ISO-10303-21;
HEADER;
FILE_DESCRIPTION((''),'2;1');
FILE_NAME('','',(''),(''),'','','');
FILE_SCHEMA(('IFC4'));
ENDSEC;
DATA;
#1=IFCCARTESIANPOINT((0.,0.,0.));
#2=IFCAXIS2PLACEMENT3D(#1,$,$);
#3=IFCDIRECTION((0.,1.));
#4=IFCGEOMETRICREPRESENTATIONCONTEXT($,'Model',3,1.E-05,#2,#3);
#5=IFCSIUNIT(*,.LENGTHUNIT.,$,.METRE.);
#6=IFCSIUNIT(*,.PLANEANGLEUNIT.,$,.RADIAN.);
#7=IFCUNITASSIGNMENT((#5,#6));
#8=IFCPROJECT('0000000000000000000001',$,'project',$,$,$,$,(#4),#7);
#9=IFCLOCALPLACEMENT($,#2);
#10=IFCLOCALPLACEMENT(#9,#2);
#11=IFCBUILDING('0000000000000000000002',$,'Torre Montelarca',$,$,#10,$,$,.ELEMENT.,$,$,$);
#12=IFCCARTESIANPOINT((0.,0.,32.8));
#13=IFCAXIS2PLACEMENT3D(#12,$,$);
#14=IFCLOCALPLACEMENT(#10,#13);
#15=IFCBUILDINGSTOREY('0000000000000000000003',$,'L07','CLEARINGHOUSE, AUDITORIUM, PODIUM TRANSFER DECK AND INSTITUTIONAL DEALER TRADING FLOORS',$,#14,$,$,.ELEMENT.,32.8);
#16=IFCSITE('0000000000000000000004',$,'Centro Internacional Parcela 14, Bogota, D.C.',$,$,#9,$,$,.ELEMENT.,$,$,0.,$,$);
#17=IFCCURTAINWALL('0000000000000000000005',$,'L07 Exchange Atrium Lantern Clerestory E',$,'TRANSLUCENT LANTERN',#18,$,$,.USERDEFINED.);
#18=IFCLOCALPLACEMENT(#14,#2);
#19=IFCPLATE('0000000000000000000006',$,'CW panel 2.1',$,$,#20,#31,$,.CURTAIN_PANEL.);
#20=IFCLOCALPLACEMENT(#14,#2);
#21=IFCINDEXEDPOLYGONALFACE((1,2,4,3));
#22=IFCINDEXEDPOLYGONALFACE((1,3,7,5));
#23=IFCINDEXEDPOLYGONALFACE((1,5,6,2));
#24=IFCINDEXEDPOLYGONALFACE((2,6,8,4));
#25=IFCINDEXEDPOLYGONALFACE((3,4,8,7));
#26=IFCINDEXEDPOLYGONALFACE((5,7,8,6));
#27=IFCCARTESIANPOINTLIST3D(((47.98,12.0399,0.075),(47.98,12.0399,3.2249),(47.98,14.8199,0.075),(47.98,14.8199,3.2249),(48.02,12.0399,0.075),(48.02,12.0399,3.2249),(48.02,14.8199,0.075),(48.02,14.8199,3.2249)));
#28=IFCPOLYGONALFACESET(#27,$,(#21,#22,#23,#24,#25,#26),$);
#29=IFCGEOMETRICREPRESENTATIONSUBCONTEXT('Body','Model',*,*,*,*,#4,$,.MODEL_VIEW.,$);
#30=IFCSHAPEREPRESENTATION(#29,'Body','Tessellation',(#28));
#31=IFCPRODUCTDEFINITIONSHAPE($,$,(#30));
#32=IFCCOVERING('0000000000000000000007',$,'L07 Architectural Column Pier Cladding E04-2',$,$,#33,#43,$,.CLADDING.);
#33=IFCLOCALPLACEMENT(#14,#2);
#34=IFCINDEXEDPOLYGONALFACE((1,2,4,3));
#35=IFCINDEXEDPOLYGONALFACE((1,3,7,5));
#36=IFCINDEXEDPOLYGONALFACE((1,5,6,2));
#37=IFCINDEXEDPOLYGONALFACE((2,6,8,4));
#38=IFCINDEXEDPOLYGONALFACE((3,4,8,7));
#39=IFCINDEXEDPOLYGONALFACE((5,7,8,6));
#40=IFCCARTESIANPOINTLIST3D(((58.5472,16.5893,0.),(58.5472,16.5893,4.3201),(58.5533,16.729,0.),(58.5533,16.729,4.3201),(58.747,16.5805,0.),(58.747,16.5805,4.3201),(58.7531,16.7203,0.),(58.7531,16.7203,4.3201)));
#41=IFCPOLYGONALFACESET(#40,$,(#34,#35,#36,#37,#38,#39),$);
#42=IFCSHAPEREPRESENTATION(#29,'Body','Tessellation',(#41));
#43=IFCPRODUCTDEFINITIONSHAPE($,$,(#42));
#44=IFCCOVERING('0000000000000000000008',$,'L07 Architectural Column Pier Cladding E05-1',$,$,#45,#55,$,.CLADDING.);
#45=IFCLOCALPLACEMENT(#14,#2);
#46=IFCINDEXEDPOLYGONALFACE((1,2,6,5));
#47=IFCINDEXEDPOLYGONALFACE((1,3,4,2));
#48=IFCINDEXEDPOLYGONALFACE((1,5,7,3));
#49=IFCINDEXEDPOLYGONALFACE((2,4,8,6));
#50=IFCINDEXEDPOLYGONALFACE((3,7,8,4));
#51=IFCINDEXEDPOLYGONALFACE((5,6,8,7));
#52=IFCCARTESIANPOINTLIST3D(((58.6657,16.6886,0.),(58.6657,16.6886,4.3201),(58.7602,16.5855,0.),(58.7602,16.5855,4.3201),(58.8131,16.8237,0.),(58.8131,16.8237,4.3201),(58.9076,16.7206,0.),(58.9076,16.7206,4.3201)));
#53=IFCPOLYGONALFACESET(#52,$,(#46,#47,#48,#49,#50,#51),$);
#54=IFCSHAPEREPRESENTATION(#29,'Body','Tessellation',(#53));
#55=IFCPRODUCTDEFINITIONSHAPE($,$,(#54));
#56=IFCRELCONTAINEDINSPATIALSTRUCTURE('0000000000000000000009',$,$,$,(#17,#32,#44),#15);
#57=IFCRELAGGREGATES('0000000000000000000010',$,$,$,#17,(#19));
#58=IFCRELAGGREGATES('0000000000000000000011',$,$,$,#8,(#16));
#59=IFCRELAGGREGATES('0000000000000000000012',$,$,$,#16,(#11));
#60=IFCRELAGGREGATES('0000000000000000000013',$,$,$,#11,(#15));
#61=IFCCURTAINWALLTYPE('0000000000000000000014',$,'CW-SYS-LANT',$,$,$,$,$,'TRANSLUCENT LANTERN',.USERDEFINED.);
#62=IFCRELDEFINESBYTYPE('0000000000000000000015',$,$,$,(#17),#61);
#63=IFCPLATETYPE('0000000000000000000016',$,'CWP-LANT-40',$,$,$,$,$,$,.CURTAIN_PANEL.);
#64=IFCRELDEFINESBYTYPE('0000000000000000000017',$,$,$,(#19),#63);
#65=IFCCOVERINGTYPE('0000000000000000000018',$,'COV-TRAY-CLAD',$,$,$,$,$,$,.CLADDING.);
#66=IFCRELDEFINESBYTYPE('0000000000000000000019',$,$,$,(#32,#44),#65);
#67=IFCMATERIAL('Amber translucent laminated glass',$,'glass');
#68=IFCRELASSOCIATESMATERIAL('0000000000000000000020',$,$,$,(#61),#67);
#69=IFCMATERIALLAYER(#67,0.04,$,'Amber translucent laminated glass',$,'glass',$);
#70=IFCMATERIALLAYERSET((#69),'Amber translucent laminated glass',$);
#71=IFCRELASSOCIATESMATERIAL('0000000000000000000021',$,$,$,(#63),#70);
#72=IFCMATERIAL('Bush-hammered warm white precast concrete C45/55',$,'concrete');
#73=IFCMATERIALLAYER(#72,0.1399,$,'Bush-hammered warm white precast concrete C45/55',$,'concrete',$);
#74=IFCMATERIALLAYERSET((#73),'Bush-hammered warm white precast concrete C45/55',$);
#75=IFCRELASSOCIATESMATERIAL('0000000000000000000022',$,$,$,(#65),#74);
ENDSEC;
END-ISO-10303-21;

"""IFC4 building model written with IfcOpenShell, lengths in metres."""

from ifc_helpers import new_model, si_unit, direction, frame, origin, origin_2d, place, context, subcontext, project, spatial, rectangle, extrude, source, transform, mapped, material, layer, layer_set, type_object, element, aggregate, save


model = new_model("IFC4")

# Units and contexts
model_context = context("Model", 3, precision=1e-05, world=origin(), true_north=direction((0.0, 1.0)))
body_context = subcontext(model_context, "Body", "Model", "MODEL_VIEW")
ifc_project = project(units=[si_unit("LENGTHUNIT", "METRE"), si_unit("PLANEANGLEUNIT", "RADIAN")], contexts=[model_context])

# Site, building, storey
site_placement = place(None, origin())
site = spatial("IfcSite", under=ifc_project, at=site_placement, Name="Centro Internacional Parcela 14, Bogota, D.C.", CompositionType="ELEMENT", RefElevation=0.0)
building_placement = place(site_placement, origin())
building = spatial("IfcBuilding", under=site, at=building_placement, Name="Torre Montelarca", CompositionType="ELEMENT")
storey_placement = place(building_placement, frame((0.0, 0.0, 32.8)))
storey = spatial("IfcBuildingStorey", under=building, at=storey_placement, Name="L07", Description="CLEARINGHOUSE, AUDITORIUM, PODIUM TRANSFER DECK AND INSTITUTIONAL DEALER TRADING FLOORS", CompositionType="ELEMENT", Elevation=32.8)

# Curtain wall
ifc_material_1 = material(Name="Amber translucent laminated glass", Category="glass")
curtain_wall_type_1 = type_object("IfcCurtainWallType", Name="CW-SYS-LANT", ElementType="TRANSLUCENT LANTERN", PredefinedType="USERDEFINED", material=ifc_material_1)
curtain_wall_1_placement = place(storey_placement, origin())
curtain_wall_1 = element("IfcCurtainWall", 1, at=curtain_wall_1_placement, inside=storey, type_object=curtain_wall_type_1, Name="L07 Exchange Atrium Lantern Clerestory E", ObjectType="TRANSLUCENT LANTERN", PredefinedType="USERDEFINED")

# Plate
ifc_layer_1 = layer(ifc_material_1, 0.04, Name="Amber translucent laminated glass", Category="glass")
ifc_layer_set_1 = layer_set([ifc_layer_1], Name="Amber translucent laminated glass")
plate_type_1 = type_object("IfcPlateType", Name="CWP-LANT-40", PredefinedType="CURTAIN_PANEL", material=ifc_layer_set_1)
shared_shape_1 = source(origin(), body_context, "Body", "SweptSolid", [
    extrude(rectangle(XDim=2.78, YDim=0.04, at=origin_2d()), origin(), (0.0, 0.0, 1.0), 3.1499),
])
plate_1_placement = place(storey_placement, frame((48.0, 13.4299, 0.075), z_axis=(0.0, 0.0, 1.0), x_axis=(0.0, 1.0, 0.0)))
plate_1 = element("IfcPlate", 2, at=plate_1_placement, type_object=plate_type_1, Name="CW panel 2.1", PredefinedType="CURTAIN_PANEL", context=body_context, shape_type="MappedRepresentation", body=[
    mapped(shared_shape_1, transform((0.0, 0.0, 0.0), scale=1.0)),
])
aggregate(curtain_wall_1, [plate_1])

# Coverings
ifc_material_2 = material(Name="Bush-hammered warm white precast concrete C45/55", Category="concrete")
ifc_layer_2 = layer(ifc_material_2, 0.1399, Name="Bush-hammered warm white precast concrete C45/55", Category="concrete")
ifc_layer_set_2 = layer_set([ifc_layer_2], Name="Bush-hammered warm white precast concrete C45/55")
covering_type = type_object("IfcCoveringType", Name="COV-TRAY-CLAD", PredefinedType="CLADDING", material=ifc_layer_set_2)
shared_shape_2 = source(origin(), body_context, "Body", "SweptSolid", [
    extrude(rectangle(XDim=0.2, YDim=0.1399, at=origin_2d()), origin(), (0.0, 0.0, 1.0), 4.3201),
])
for number, where, z_axis, x_axis, name in (
    (3, (58.6501, 16.6548, 0.0), (0.0, 0.0, 1.0), (0.999048, -0.043621, 0.0), "L07 Architectural Column Pier Cladding E04-2"),
    (4, (58.7866, 16.7046, 0.0), (0.0, 0.0, 1.0), (0.737281, 0.675586, 0.0), "L07 Architectural Column Pier Cladding E05-1"),
):
    element("IfcCovering", number, at=place(storey_placement, frame(where, z_axis=z_axis, x_axis=x_axis)), inside=storey, type_object=covering_type, Name=name, PredefinedType="CLADDING", context=body_context, shape_type="MappedRepresentation", body=[
        mapped(shared_shape_2, transform((0.0, 0.0, 0.0), scale=1.0)),
    ])

save(model, "model.ifc")
